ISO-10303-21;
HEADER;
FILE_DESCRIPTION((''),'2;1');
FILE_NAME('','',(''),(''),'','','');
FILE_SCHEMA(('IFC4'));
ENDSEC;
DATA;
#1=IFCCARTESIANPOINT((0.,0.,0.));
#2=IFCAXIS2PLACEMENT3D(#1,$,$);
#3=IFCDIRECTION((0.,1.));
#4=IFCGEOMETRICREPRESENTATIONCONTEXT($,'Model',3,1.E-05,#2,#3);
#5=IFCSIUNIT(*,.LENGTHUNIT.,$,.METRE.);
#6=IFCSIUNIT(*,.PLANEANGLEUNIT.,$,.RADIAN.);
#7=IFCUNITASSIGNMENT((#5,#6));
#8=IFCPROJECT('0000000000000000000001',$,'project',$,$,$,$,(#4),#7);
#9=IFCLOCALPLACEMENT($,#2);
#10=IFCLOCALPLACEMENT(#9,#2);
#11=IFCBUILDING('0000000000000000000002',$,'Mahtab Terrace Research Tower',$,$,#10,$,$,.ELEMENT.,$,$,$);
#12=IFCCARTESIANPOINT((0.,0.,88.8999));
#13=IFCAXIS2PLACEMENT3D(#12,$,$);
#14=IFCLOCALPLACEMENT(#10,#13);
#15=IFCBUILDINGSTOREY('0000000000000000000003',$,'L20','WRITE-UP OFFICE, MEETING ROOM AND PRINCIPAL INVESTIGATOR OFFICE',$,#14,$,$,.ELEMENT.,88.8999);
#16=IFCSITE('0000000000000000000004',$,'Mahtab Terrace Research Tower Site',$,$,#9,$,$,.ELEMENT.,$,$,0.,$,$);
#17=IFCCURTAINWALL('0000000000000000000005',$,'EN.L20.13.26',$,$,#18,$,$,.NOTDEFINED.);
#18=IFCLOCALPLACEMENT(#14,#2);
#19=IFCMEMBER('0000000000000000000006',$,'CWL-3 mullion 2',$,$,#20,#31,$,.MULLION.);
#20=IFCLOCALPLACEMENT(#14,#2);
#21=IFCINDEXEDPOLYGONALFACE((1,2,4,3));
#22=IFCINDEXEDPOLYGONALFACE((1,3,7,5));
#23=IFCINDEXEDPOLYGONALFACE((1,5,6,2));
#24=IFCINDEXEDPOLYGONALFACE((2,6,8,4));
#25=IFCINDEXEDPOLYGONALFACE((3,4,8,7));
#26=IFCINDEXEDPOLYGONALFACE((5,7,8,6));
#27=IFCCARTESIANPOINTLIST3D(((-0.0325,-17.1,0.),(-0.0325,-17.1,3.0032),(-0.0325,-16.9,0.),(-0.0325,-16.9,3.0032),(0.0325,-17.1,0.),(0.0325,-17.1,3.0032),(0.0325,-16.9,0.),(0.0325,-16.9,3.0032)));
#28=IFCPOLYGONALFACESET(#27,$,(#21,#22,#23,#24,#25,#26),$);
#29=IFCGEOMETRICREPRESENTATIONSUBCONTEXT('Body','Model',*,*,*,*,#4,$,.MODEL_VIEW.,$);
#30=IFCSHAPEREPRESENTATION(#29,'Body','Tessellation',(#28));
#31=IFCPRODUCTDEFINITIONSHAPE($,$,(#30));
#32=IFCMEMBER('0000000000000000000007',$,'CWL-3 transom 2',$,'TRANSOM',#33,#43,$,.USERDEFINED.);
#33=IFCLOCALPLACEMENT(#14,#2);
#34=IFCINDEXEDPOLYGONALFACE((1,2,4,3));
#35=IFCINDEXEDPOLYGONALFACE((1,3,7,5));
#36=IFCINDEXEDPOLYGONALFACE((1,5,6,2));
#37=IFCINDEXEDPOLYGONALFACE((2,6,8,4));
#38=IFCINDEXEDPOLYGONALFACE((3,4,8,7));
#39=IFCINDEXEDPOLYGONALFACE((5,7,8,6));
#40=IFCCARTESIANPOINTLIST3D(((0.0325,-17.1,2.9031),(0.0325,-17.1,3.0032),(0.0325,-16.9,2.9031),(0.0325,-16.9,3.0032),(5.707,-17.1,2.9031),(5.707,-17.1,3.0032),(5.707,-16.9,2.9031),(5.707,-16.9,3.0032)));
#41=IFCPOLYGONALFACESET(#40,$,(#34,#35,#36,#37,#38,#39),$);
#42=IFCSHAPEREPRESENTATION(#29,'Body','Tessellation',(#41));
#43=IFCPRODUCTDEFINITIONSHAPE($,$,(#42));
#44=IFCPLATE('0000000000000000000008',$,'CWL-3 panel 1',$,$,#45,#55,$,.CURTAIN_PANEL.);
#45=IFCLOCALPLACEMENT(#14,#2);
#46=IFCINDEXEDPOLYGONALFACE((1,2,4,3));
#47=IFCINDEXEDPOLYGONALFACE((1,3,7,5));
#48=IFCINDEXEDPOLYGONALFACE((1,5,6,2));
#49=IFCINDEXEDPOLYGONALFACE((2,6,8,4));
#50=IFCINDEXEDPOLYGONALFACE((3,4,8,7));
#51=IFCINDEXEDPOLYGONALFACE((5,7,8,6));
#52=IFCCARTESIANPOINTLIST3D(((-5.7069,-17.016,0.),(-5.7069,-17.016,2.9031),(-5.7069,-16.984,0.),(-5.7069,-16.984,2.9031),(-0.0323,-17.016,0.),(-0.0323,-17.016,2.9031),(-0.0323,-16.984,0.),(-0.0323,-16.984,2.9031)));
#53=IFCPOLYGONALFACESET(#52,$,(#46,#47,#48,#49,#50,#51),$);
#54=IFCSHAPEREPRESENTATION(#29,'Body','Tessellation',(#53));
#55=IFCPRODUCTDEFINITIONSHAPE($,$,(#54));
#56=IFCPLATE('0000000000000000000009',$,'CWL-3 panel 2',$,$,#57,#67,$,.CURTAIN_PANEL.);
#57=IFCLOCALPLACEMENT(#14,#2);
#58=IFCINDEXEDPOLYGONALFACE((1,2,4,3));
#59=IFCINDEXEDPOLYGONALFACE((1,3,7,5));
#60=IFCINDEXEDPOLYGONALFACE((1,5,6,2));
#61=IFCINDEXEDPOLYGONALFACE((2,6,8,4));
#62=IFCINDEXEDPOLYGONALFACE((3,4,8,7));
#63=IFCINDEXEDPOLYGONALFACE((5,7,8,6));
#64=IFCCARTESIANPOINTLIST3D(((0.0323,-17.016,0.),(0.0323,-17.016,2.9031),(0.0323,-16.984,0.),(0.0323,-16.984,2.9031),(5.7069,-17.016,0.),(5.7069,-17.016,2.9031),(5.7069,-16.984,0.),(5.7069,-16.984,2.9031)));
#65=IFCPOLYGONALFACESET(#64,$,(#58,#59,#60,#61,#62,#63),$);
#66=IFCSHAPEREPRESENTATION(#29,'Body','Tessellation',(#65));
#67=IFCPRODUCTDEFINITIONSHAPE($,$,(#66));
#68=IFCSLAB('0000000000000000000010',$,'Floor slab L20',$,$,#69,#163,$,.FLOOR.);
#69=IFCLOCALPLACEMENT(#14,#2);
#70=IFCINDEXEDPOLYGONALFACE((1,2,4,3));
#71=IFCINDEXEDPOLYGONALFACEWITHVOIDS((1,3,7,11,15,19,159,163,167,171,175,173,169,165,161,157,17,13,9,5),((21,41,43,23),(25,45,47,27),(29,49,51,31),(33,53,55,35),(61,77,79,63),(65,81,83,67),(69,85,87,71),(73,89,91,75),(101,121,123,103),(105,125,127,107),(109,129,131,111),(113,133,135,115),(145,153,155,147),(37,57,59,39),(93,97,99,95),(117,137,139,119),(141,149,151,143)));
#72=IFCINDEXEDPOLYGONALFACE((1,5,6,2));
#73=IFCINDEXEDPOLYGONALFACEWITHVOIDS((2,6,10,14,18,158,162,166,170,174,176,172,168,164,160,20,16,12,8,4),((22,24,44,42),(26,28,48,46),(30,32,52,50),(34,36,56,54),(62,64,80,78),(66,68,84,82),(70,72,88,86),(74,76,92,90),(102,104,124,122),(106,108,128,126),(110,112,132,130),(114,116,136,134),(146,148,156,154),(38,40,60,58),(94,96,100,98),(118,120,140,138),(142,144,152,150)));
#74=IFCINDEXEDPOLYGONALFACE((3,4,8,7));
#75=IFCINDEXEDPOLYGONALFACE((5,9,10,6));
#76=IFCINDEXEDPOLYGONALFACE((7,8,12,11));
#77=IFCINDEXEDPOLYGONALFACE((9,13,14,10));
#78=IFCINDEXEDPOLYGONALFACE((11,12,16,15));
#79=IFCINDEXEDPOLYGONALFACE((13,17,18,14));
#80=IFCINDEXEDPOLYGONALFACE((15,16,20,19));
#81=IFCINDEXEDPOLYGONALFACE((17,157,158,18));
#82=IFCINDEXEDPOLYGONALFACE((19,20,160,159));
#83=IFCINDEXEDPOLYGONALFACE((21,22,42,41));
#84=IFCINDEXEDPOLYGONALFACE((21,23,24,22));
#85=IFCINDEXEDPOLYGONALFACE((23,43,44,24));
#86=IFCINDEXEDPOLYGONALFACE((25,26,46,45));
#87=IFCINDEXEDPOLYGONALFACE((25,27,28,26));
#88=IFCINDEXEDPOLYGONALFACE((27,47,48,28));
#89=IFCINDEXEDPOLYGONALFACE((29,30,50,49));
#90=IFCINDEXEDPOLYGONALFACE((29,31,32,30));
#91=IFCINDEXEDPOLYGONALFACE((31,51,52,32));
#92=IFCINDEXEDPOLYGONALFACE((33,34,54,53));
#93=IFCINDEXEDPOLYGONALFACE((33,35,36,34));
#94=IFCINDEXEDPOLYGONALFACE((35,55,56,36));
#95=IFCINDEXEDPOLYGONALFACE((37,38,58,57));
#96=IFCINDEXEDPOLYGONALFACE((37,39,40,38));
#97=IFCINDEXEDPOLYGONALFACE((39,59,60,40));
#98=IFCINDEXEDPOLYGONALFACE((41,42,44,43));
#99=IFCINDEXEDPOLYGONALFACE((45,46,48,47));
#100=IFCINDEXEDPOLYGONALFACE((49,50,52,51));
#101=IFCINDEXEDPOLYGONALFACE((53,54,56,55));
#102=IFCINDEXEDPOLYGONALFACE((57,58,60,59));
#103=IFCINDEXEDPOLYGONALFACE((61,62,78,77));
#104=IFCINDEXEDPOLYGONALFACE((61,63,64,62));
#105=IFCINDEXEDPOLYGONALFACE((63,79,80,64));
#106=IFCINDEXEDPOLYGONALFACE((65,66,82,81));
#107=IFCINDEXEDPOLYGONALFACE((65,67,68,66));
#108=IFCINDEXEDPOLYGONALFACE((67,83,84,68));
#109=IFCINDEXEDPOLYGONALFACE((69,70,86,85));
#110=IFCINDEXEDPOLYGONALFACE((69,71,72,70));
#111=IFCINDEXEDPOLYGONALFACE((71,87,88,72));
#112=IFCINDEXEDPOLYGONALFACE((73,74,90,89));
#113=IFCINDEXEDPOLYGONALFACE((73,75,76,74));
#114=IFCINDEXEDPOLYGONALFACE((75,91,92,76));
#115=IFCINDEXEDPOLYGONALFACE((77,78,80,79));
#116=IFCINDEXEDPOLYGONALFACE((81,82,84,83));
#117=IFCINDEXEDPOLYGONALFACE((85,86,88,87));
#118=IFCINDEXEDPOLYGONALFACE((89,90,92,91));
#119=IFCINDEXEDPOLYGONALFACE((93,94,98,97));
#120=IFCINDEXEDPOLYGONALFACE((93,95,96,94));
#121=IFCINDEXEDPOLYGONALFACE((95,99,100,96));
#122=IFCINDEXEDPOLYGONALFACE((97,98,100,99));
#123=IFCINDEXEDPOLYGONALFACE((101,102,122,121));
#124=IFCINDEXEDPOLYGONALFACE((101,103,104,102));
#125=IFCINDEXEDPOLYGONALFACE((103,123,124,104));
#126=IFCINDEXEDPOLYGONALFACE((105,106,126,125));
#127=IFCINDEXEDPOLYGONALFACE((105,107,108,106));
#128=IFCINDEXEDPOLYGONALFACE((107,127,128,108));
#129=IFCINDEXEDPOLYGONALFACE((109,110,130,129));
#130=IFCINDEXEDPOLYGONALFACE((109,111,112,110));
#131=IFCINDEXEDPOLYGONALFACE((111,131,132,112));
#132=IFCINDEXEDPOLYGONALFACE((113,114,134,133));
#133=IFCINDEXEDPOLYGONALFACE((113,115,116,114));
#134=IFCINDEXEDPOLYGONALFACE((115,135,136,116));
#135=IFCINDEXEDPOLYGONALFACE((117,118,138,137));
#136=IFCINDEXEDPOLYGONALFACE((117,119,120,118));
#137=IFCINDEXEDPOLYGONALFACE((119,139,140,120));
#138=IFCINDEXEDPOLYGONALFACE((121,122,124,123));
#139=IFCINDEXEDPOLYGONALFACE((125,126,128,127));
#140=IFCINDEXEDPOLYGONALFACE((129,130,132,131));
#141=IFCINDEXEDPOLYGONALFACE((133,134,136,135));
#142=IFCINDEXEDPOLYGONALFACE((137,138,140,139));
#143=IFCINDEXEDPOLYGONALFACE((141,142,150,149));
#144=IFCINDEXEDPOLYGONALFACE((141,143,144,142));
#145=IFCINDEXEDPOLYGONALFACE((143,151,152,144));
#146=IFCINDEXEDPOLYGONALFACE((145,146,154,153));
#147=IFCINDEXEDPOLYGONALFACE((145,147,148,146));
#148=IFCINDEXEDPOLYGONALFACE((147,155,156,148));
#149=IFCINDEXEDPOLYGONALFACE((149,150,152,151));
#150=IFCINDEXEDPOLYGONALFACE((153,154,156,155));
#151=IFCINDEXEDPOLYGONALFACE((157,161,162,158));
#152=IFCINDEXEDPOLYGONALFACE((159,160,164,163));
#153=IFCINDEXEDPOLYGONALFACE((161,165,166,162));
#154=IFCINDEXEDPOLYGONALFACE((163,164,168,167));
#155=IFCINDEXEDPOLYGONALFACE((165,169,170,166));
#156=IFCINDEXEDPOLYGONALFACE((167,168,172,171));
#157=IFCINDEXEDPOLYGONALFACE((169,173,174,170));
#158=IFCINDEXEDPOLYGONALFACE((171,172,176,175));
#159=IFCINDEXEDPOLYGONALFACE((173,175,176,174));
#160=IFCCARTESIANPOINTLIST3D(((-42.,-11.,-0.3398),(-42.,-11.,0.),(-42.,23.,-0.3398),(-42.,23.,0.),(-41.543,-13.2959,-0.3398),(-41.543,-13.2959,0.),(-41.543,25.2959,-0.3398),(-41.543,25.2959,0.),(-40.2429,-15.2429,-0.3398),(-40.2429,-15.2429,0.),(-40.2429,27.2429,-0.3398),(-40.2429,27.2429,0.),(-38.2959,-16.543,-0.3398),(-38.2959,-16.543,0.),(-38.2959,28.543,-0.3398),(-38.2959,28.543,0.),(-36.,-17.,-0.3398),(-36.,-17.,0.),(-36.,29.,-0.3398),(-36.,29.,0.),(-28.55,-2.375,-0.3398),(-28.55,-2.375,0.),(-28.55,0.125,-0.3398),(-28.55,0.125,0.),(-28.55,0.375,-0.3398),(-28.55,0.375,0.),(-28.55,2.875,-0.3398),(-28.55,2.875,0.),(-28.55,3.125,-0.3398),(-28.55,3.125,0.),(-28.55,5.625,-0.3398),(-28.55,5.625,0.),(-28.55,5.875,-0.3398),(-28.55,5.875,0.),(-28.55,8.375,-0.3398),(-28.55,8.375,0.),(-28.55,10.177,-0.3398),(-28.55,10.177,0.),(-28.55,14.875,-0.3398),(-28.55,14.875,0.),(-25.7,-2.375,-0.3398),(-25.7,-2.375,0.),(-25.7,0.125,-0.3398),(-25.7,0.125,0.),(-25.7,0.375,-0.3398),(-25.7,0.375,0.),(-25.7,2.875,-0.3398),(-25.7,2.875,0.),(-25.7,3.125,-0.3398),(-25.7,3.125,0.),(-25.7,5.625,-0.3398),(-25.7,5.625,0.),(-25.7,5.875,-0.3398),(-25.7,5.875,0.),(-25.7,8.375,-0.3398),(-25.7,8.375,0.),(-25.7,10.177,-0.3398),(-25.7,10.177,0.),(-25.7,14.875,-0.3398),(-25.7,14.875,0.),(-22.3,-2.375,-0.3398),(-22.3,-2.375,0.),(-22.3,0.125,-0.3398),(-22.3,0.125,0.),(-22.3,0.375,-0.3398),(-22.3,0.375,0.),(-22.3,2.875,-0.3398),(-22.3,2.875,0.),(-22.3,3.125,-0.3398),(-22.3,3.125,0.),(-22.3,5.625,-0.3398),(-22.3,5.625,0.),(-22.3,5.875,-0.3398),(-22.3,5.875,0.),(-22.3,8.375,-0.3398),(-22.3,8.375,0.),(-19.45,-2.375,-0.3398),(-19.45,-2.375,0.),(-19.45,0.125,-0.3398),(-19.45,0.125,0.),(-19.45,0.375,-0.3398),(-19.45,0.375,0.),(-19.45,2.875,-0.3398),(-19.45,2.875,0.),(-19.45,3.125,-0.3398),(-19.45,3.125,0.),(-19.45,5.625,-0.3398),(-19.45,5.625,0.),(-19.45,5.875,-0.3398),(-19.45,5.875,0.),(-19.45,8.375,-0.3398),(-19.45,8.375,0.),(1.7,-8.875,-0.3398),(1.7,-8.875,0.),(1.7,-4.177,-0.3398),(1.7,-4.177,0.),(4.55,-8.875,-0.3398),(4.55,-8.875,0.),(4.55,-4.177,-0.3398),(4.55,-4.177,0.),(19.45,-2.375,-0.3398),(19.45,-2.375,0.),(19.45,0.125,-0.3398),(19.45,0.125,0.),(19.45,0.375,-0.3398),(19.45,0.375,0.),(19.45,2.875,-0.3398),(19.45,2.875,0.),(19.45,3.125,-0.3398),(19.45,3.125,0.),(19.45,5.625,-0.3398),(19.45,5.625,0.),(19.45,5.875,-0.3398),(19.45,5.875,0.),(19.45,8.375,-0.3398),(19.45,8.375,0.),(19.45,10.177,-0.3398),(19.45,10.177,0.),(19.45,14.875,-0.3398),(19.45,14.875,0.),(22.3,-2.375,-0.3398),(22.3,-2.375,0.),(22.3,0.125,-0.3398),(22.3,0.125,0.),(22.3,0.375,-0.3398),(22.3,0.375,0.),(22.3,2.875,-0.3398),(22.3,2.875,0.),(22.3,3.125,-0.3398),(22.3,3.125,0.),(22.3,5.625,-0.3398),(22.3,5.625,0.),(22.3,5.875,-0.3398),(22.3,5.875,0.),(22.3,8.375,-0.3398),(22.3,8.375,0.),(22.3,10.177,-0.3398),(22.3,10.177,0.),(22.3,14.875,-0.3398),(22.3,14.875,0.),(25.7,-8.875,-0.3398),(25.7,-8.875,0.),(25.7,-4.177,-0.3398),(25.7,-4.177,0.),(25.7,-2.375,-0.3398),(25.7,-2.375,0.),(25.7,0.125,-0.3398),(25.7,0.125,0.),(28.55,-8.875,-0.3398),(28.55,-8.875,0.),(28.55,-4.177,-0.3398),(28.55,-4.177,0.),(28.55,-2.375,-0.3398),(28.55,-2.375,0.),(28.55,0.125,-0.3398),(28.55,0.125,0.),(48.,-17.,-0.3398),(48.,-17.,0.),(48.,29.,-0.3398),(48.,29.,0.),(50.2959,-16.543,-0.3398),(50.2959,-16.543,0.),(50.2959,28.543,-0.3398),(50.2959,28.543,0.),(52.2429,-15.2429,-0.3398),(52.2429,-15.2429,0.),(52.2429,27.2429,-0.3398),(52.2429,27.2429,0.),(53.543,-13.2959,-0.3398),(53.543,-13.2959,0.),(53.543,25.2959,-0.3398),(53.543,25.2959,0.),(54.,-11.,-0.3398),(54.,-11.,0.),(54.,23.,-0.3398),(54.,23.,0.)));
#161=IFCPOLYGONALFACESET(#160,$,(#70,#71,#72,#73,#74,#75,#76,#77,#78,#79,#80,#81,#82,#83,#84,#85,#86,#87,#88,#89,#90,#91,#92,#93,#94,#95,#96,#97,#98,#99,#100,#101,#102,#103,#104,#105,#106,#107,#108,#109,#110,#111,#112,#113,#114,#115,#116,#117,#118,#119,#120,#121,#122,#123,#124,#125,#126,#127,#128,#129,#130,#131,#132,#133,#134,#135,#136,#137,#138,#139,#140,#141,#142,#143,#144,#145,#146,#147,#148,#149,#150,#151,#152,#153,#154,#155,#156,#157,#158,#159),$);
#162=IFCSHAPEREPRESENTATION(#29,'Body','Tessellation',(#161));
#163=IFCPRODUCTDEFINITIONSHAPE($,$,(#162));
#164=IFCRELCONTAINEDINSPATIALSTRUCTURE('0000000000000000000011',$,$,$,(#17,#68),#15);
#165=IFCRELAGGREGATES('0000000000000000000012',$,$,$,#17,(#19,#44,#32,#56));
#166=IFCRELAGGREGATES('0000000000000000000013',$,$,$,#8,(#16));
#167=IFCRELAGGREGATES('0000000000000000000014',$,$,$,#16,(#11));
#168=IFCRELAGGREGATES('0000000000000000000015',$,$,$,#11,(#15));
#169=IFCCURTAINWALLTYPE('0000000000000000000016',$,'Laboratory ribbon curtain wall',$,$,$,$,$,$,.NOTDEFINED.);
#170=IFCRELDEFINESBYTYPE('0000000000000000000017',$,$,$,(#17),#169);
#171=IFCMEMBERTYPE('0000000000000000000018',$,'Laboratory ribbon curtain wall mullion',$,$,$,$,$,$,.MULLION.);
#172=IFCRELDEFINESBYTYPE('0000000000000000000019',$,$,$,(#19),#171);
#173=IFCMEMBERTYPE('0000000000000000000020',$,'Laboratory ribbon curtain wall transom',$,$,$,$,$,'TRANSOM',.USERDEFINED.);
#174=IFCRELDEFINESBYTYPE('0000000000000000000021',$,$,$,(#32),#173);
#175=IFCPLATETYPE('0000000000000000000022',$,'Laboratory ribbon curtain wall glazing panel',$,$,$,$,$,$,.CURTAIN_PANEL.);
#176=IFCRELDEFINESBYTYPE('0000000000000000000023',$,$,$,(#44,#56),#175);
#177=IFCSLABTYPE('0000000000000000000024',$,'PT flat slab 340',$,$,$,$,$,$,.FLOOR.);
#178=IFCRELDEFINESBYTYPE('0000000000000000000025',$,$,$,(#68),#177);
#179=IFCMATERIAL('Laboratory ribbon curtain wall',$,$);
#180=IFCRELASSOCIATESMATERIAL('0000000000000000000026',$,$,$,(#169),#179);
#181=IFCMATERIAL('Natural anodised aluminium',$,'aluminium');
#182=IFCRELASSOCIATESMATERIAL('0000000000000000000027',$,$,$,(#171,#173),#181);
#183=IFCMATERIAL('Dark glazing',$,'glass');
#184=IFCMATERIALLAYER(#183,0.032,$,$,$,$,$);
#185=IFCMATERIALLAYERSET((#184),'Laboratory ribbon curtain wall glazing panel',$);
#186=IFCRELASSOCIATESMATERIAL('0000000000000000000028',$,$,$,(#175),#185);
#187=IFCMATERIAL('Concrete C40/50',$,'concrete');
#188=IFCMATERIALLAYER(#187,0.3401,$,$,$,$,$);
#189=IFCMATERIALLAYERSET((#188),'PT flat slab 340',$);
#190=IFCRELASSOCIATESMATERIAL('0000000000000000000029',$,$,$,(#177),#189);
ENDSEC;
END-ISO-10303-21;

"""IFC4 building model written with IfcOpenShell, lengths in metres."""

from ifc_helpers import new_model, si_unit, direction, frame, origin, origin_2d, place, context, subcontext, project, spatial, polyline, rectangle, outline, extrude, material, layer, layer_set, material_profile, profile_set, type_object, element, aggregate, save


model = new_model("IFC4")

# Units and contexts
model_context = context("Model", 3, precision=1e-05, world=origin(), true_north=direction((0.0, 1.0)))
body_context = subcontext(model_context, "Body", "Model", "MODEL_VIEW")
ifc_project = project(units=[si_unit("LENGTHUNIT", "METRE"), si_unit("PLANEANGLEUNIT", "RADIAN")], contexts=[model_context])

# Site, building, storey
site_placement = place(None, origin())
site = spatial("IfcSite", under=ifc_project, at=site_placement, Name="Mahtab Terrace Research Tower Site", CompositionType="ELEMENT", RefElevation=0.0)
building_placement = place(site_placement, origin())
building = spatial("IfcBuilding", under=site, at=building_placement, Name="Mahtab Terrace Research Tower", CompositionType="ELEMENT")
storey_placement = place(building_placement, frame((0.0, 0.0, 88.8999)))
storey = spatial("IfcBuildingStorey", under=building, at=storey_placement, Name="L20", Description="WRITE-UP OFFICE, MEETING ROOM AND PRINCIPAL INVESTIGATOR OFFICE", CompositionType="ELEMENT", Elevation=88.8999)

# Curtain wall, members, plates
ifc_material_1 = material(Name="Laboratory ribbon curtain wall")
curtain_wall_type = type_object("IfcCurtainWallType", Name="Laboratory ribbon curtain wall", PredefinedType="NOTDEFINED", material=ifc_material_1)
curtain_wall_placement = place(storey_placement, origin())
curtain_wall = element("IfcCurtainWall", 1, at=curtain_wall_placement, inside=storey, type_object=curtain_wall_type, Name="EN.L20.13.26", PredefinedType="NOTDEFINED")
ifc_material_2 = material(Name="Natural anodised aluminium", Category="aluminium")
ifc_material_profile_1 = material_profile(ifc_material_2, rectangle(XDim=0.2, YDim=0.0649, at=origin_2d()), Name="MULLION 65x200")
ifc_profile_set_1 = profile_set([ifc_material_profile_1], Name="Natural anodised aluminium")
member_type_1 = type_object("IfcMemberType", Name="Laboratory ribbon curtain wall mullion", PredefinedType="MULLION", material=ifc_profile_set_1)
member_1_placement = place(storey_placement, frame((0.0, -17.0, 0.0), z_axis=(0.0, 0.0, 1.0), x_axis=(0.0, 1.0, 0.0)))
member_1 = element("IfcMember", 2, at=member_1_placement, type_object=member_type_1, Name="CWL-3 mullion 2", PredefinedType="MULLION", context=body_context, shape_type="SweptSolid", body=[
    extrude(rectangle(XDim=0.2, YDim=0.0649, at=origin_2d()), origin(), (0.0, 0.0, 1.0), 3.0032),
])
ifc_material_profile_2 = material_profile(ifc_material_2, rectangle(XDim=0.2, YDim=0.1001, at=origin_2d()), Name="TRANSOM 100x200")
ifc_profile_set_2 = profile_set([ifc_material_profile_2], Name="Natural anodised aluminium")
member_type_2 = type_object("IfcMemberType", Name="Laboratory ribbon curtain wall transom", ElementType="TRANSOM", PredefinedType="USERDEFINED", material=ifc_profile_set_2)
member_2_placement = place(storey_placement, frame((0.0325, -17.0, 2.9531), z_axis=(1.0, 0.0, 0.0), x_axis=(0.0, 1.0, 0.0)))
member_2 = element("IfcMember", 3, at=member_2_placement, type_object=member_type_2, Name="CWL-3 transom 2", ObjectType="TRANSOM", PredefinedType="USERDEFINED", context=body_context, shape_type="SweptSolid", body=[
    extrude(rectangle(XDim=0.2, YDim=0.1001, at=origin_2d()), origin(), (0.0, 0.0, 1.0), 5.6746),
])
ifc_material_3 = material(Name="Dark glazing", Category="glass")
ifc_layer_1 = layer(ifc_material_3, 0.032)
ifc_layer_set_1 = layer_set([ifc_layer_1], Name="Laboratory ribbon curtain wall glazing panel")
plate_type = type_object("IfcPlateType", Name="Laboratory ribbon curtain wall glazing panel", PredefinedType="CURTAIN_PANEL", material=ifc_layer_set_1)
plate_1_placement = place(storey_placement, frame((-2.8696, -17.0, 0.0), z_axis=(0.0, 0.0, 1.0), x_axis=(1.0, 0.0, 0.0)))
plate_1 = element("IfcPlate", 4, at=plate_1_placement, type_object=plate_type, Name="CWL-3 panel 1", PredefinedType="CURTAIN_PANEL", context=body_context, shape_type="SweptSolid", body=[
    extrude(rectangle(XDim=5.6746, YDim=0.032, at=origin_2d()), origin(), (0.0, 0.0, 1.0), 2.9031),
])
plate_2_placement = place(storey_placement, frame((2.8696, -17.0, 0.0), z_axis=(0.0, 0.0, 1.0), x_axis=(1.0, 0.0, 0.0)))
plate_2 = element("IfcPlate", 5, at=plate_2_placement, type_object=plate_type, Name="CWL-3 panel 2", PredefinedType="CURTAIN_PANEL", context=body_context, shape_type="SweptSolid", body=[
    extrude(rectangle(XDim=5.6746, YDim=0.032, at=origin_2d()), origin(), (0.0, 0.0, 1.0), 2.9031),
])
aggregate(curtain_wall, [member_1, plate_1, member_2, plate_2])

# Slab
ifc_material_4 = material(Name="Concrete C40/50", Category="concrete")
ifc_layer_2 = layer(ifc_material_4, 0.3401)
ifc_layer_set_2 = layer_set([ifc_layer_2], Name="PT flat slab 340")
slab_type = type_object("IfcSlabType", Name="PT flat slab 340", PredefinedType="FLOOR", material=ifc_layer_set_2)
slab_placement = place(storey_placement, frame((0.0, 0.0, -0.3398)))
element("IfcSlab", 6, at=slab_placement, inside=storey, type_object=slab_type, Name="Floor slab L20", PredefinedType="FLOOR", context=body_context, shape_type="SweptSolid", body=[
    extrude(outline(polyline([(53.543, 25.2959), (52.2429, 27.2429), (50.2959, 28.543), (48.0, 29.0), (-36.0, 29.0), (-38.2959, 28.543), (-40.2429, 27.2429), (-41.543, 25.2959), (-42.0, 23.0), (-42.0, -11.0), (-41.543, -13.2959), (-40.2429, -15.2429), (-38.2959, -16.543), (-36.0, -17.0), (48.0, -17.0), (50.2959, -16.543), (52.2429, -15.2429), (53.543, -13.2959), (54.0, -11.0), (54.0, 23.0), (53.543, 25.2959)]), holes=[polyline([(-28.55, -2.375), (-28.55, 0.125), (-25.7, 0.125), (-25.7, -2.375), (-28.55, -2.375)]), polyline([(-22.3, -2.375), (-22.3, 0.125), (-19.45, 0.125), (-19.45, -2.375), (-22.3, -2.375)]), polyline([(-28.55, 0.375), (-28.55, 2.875), (-25.7, 2.875), (-25.7, 0.375), (-28.55, 0.375)]), polyline([(-22.3, 0.375), (-22.3, 2.875), (-19.45, 2.875), (-19.45, 0.375), (-22.3, 0.375)]), polyline([(-28.55, 3.125), (-28.55, 5.625), (-25.7, 5.625), (-25.7, 3.125), (-28.55, 3.125)]), polyline([(-22.3, 3.125), (-22.3, 5.625), (-19.45, 5.625), (-19.45, 3.125), (-22.3, 3.125)]), polyline([(-28.55, 5.875), (-28.55, 8.375), (-25.7, 8.375), (-25.7, 5.875), (-28.55, 5.875)]), polyline([(-22.3, 5.875), (-22.3, 8.375), (-19.45, 8.375), (-19.45, 5.875), (-22.3, 5.875)]), polyline([(-28.55, 10.177), (-28.55, 14.875), (-25.7, 14.875), (-25.7, 10.177), (-28.55, 10.177)]), polyline([(1.7, -8.875), (1.7, -4.177), (4.55, -4.177), (4.55, -8.875), (1.7, -8.875)]), polyline([(25.7, -8.875), (25.7, -4.177), (28.55, -4.177), (28.55, -8.875), (25.7, -8.875)]), polyline([(19.45, -2.375), (19.45, 0.125), (22.3, 0.125), (22.3, -2.375), (19.45, -2.375)]), polyline([(25.7, -2.375), (25.7, 0.125), (28.55, 0.125), (28.55, -2.375), (25.7, -2.375)]), polyline([(19.45, 0.375), (19.45, 2.875), (22.3, 2.875), (22.3, 0.375), (19.45, 0.375)]), polyline([(19.45, 3.125), (19.45, 5.625), (22.3, 5.625), (22.3, 3.125), (19.45, 3.125)]), polyline([(19.45, 8.375), (22.3, 8.375), (22.3, 5.875), (19.45, 5.875), (19.45, 8.375)]), polyline([(19.45, 14.875), (22.3, 14.875), (22.3, 10.177), (19.45, 10.177), (19.45, 14.875)])]), origin(), (0.0, 0.0, 1.0), 0.3398),
])

save(model, "model.ifc")
